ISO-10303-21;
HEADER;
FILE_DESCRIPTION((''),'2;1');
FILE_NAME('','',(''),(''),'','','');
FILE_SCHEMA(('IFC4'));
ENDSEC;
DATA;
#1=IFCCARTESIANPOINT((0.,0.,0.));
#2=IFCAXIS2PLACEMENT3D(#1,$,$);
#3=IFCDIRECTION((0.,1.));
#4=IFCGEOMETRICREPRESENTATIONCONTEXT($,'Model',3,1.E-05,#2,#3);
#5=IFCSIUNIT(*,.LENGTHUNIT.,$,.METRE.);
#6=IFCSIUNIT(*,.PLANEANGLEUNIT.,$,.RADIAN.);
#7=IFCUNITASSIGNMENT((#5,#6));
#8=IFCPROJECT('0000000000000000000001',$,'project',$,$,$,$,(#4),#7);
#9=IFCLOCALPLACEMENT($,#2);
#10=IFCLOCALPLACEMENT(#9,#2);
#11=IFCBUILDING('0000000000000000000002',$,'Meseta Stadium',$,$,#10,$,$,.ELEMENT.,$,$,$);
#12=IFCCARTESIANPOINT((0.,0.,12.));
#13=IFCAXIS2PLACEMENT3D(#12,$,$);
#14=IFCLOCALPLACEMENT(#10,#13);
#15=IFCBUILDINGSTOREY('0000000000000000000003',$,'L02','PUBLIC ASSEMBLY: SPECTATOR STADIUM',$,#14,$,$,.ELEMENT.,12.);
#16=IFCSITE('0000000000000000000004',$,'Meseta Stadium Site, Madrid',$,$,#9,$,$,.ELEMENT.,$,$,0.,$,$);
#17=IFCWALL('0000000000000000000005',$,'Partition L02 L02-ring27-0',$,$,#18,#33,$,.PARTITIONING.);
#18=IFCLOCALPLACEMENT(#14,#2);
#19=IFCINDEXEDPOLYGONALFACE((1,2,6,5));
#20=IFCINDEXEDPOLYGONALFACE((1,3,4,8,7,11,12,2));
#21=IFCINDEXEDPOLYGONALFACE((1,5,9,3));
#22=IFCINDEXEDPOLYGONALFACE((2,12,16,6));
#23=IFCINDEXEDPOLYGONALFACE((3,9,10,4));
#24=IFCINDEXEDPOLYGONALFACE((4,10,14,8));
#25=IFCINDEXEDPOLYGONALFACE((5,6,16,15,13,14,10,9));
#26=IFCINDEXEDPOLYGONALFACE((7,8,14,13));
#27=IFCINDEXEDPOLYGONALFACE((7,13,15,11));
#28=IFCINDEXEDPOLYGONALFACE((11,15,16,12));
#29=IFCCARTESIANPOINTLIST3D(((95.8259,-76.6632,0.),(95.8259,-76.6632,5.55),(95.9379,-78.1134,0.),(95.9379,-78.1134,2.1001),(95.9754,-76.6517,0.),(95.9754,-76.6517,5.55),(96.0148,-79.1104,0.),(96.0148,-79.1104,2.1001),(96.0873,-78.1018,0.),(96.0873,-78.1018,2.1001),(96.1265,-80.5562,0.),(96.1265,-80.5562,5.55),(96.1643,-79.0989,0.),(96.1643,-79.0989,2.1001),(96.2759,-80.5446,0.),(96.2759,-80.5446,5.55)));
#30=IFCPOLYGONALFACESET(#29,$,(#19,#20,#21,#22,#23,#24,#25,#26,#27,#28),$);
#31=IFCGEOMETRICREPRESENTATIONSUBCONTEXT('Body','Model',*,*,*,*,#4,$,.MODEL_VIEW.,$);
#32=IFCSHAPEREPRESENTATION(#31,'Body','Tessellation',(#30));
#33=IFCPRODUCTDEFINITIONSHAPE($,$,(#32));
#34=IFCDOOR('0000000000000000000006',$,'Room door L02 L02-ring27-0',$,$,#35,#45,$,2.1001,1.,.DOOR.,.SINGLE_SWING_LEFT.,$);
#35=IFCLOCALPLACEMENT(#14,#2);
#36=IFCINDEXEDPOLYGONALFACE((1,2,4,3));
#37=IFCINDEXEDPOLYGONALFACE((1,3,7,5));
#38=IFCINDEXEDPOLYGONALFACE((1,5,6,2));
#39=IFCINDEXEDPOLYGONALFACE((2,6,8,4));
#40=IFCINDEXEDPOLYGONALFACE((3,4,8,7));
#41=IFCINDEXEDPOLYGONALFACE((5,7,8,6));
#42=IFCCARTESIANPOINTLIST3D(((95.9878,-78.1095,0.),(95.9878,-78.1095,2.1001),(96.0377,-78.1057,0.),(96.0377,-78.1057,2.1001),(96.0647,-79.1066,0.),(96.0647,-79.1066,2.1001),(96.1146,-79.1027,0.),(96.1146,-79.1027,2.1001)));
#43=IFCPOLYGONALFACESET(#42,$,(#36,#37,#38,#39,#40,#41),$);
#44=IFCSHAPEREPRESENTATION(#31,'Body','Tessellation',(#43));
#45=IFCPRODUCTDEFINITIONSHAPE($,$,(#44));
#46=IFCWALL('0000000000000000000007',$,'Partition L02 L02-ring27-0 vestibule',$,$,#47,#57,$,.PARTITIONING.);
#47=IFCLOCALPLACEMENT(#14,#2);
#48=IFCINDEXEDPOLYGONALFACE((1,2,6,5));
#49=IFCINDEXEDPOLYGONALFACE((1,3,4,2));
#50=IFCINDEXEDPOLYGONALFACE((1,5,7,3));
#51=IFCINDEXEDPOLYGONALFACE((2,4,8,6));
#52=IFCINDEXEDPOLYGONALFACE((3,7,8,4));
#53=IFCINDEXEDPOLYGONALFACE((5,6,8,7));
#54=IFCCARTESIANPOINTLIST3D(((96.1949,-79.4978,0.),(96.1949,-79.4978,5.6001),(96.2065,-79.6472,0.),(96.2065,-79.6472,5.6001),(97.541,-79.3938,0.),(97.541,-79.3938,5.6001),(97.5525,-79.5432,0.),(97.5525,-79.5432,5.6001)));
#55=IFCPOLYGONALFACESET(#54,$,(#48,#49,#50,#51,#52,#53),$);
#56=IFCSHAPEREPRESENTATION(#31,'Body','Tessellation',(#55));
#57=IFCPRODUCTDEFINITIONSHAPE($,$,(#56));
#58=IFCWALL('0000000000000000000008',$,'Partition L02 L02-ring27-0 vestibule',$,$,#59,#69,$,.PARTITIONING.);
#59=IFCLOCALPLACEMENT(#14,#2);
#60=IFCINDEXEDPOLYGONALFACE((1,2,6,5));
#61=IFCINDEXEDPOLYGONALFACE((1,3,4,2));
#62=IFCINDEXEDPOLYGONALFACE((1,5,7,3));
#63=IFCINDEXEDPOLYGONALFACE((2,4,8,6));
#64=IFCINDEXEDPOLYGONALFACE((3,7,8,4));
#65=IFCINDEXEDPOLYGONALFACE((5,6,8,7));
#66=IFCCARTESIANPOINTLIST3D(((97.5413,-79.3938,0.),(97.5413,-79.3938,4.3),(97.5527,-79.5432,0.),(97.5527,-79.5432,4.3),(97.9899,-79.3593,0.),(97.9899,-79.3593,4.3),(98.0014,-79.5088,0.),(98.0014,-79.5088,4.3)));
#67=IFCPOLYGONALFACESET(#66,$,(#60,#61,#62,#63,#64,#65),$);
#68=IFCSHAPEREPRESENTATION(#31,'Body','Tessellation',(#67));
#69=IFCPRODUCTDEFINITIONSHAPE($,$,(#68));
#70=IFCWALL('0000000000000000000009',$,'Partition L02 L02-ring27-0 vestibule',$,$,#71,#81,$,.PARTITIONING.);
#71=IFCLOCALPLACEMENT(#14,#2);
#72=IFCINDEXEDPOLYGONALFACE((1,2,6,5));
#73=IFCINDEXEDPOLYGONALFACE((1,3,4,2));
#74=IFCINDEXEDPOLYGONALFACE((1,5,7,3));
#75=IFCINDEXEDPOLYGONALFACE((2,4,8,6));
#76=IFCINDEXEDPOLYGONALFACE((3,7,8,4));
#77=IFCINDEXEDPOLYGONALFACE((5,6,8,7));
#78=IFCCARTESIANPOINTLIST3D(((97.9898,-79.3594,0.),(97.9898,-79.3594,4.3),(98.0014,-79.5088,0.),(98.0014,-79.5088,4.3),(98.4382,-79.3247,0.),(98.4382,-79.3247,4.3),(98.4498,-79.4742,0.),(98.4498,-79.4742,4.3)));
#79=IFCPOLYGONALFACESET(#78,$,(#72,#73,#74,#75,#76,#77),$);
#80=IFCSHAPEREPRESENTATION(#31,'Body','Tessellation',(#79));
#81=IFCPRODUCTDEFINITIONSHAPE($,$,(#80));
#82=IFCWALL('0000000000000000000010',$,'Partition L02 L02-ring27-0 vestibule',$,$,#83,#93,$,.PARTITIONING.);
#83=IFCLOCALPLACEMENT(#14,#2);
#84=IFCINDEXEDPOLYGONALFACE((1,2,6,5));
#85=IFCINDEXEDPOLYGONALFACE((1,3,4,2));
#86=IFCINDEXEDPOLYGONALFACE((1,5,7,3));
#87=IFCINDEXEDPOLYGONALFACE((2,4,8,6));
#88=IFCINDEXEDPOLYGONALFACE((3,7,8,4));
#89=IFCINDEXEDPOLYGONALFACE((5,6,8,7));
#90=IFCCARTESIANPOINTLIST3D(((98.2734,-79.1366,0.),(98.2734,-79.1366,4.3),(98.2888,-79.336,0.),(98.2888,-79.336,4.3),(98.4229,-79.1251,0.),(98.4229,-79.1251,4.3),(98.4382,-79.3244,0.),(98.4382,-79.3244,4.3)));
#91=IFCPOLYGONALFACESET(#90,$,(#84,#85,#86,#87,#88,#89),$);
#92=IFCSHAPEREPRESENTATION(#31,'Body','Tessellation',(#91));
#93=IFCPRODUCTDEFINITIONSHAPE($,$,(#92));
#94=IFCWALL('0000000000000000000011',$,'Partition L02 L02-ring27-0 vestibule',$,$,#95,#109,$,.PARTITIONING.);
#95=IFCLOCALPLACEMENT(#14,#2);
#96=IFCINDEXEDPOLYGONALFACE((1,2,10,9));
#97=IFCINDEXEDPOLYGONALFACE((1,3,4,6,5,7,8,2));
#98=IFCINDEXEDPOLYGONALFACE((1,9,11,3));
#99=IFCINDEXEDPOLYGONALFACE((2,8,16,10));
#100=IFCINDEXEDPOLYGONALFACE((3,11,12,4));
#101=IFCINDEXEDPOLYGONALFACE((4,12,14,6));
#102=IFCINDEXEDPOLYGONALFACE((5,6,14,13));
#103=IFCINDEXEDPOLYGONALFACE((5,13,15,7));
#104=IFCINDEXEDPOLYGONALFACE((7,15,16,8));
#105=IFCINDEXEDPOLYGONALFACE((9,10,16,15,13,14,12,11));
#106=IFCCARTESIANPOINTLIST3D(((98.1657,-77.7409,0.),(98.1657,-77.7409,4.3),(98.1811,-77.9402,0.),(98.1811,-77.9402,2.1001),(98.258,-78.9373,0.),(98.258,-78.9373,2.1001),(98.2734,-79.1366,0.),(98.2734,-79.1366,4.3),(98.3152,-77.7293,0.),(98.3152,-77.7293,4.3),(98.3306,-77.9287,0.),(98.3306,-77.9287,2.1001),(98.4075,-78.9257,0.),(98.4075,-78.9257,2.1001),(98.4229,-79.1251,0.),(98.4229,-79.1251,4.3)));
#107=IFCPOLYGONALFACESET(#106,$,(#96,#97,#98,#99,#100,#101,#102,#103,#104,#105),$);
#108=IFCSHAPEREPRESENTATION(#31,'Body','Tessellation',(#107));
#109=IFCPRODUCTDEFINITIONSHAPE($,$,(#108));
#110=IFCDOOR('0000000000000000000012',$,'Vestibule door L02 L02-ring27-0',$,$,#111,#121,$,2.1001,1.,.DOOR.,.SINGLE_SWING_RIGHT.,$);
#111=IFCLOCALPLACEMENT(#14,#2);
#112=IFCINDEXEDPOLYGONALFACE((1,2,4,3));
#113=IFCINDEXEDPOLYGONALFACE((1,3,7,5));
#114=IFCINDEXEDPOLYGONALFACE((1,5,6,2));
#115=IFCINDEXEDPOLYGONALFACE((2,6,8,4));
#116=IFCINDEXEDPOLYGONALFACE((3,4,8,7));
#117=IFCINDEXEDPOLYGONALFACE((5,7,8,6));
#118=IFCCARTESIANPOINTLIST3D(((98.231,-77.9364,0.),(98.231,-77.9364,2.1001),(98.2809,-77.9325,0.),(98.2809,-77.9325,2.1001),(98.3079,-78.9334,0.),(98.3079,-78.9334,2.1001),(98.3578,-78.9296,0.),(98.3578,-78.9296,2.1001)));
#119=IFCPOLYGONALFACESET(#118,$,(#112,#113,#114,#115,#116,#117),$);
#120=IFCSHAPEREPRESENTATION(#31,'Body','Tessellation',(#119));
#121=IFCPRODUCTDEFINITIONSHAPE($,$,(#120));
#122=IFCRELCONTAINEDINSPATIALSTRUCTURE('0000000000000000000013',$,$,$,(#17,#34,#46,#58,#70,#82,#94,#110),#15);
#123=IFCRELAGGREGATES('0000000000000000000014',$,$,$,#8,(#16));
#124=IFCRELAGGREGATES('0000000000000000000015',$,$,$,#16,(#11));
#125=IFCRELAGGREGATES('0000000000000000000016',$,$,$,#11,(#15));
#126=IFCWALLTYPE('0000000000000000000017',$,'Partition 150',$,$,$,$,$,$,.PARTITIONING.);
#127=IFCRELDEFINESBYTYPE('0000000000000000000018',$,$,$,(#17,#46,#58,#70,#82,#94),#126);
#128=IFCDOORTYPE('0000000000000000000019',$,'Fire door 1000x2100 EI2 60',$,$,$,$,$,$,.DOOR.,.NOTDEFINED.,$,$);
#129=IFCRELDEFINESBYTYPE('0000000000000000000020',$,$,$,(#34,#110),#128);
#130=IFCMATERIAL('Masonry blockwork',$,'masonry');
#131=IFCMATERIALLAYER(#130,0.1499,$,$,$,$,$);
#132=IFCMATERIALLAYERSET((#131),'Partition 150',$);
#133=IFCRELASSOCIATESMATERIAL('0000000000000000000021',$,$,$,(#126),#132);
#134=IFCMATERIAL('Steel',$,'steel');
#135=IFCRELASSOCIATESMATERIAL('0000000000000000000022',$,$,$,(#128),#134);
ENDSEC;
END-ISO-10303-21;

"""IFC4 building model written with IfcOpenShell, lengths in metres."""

from ifc_helpers import new_model, si_unit, direction, frame, frame_2d, origin, place, context, subcontext, project, spatial, rectangle, extrude, material, layer, layer_set, type_object, element, fill, save


model = new_model("IFC4")

# Units and contexts
model_context = context("Model", 3, precision=1e-05, world=origin(), true_north=direction((0.0, 1.0)))
body_context = subcontext(model_context, "Body", "Model", "MODEL_VIEW")
ifc_project = project(units=[si_unit("LENGTHUNIT", "METRE"), si_unit("PLANEANGLEUNIT", "RADIAN")], contexts=[model_context])

# Site, building, storey
site_placement = place(None, origin())
site = spatial("IfcSite", under=ifc_project, at=site_placement, Name="Meseta Stadium Site, Madrid", CompositionType="ELEMENT", RefElevation=0.0)
building_placement = place(site_placement, origin())
building = spatial("IfcBuilding", under=site, at=building_placement, Name="Meseta Stadium", CompositionType="ELEMENT")
storey_placement = place(building_placement, frame((0.0, 0.0, 12.0)))
storey = spatial("IfcBuildingStorey", under=building, at=storey_placement, Name="L02", Description="PUBLIC ASSEMBLY: SPECTATOR STADIUM", CompositionType="ELEMENT", Elevation=12.0)

# Wall, opening, door
ifc_material_1 = material(Name="Masonry blockwork", Category="masonry")
ifc_layer_1 = layer(ifc_material_1, 0.1499)
ifc_layer_set_1 = layer_set([ifc_layer_1], Name="Partition 150")
wall_type = type_object("IfcWallType", Name="Partition 150", PredefinedType="PARTITIONING", material=ifc_layer_set_1)
wall_1_placement = place(storey_placement, frame((96.2012, -80.5503, 0.0), z_axis=(0.0, 0.0, 1.0), x_axis=(-0.076969, 0.997033, 0.0)))
wall_1 = element("IfcWall", 1, at=wall_1_placement, inside=storey, type_object=wall_type, Name="Partition L02 L02-ring27-0", PredefinedType="PARTITIONING", context=body_context, shape_type="SweptSolid", body=[
    extrude(rectangle(XDim=3.9045, YDim=0.1499, at=frame_2d((1.9521, 0.0))), origin(), (0.0, 0.0, 1.0), 5.55),
])
opening_1_placement = place(wall_1_placement, frame((1.45, 0.0, 0.0)))
opening_1 = element("IfcOpeningElement", 2, at=opening_1_placement, cuts=wall_1, PredefinedType="OPENING", context=body_context, shape_type="SweptSolid", body=[
    extrude(rectangle(XDim=1.0, YDim=2.1001, at=frame_2d((0.5, 1.05))), frame((0.0, 0.085, 0.0), z_axis=(0.0, -1.0, 0.0), x_axis=(1.0, 0.0, 0.0)), (0.0, 0.0, 1.0), 0.1699),
])
ifc_material_2 = material(Name="Steel", Category="steel")
door_type = type_object("IfcDoorType", Name="Fire door 1000x2100 EI2 60", OperationType="NOTDEFINED", PredefinedType="DOOR", material=ifc_material_2)
door_1_placement = place(opening_1_placement, origin())
door_1 = element("IfcDoor", 3, at=door_1_placement, inside=storey, type_object=door_type, Name="Room door L02 L02-ring27-0", OperationType="SINGLE_SWING_LEFT", OverallHeight=2.1001, OverallWidth=1.0, PredefinedType="DOOR", context=body_context, shape_type="SweptSolid", body=[
    extrude(rectangle(XDim=1.0, YDim=2.1001, at=frame_2d((0.5, 1.05))), frame((0.0, 0.0249, 0.0), z_axis=(0.0, -1.0, 0.0), x_axis=(1.0, 0.0, 0.0)), (0.0, 0.0, 1.0), 0.05),
])
fill(opening_1, door_1)

# Walls
wall_2_placement = place(storey_placement, frame((96.2007, -79.5725, 0.0), z_axis=(0.0, 0.0, 1.0), x_axis=(0.997029, 0.077028, 0.0)))
element("IfcWall", 4, at=wall_2_placement, inside=storey, type_object=wall_type, Name="Partition L02 L02-ring27-0 vestibule", PredefinedType="PARTITIONING", context=body_context, shape_type="SweptSolid", body=[
    extrude(rectangle(XDim=1.3501, YDim=0.1499, at=frame_2d((0.675, 0.0))), origin(), (0.0, 0.0, 1.0), 5.6001),
])
wall_3_placement = place(storey_placement, frame((97.5469, -79.4685, 0.0), z_axis=(0.0, 0.0, 1.0), x_axis=(0.99707, 0.076489, 0.0)))
element("IfcWall", 5, at=wall_3_placement, inside=storey, type_object=wall_type, Name="Partition L02 L02-ring27-0 vestibule", PredefinedType="PARTITIONING", context=body_context, shape_type="SweptSolid", body=[
    extrude(rectangle(XDim=0.45, YDim=0.1499, at=frame_2d((0.2251, 0.0))), origin(), (0.0, 0.0, 1.0), 4.3),
])
wall_4_placement = place(storey_placement, frame((97.9956, -79.4341, 0.0), z_axis=(0.0, 0.0, 1.0), x_axis=(0.997026, 0.07707, 0.0)))
element("IfcWall", 6, at=wall_4_placement, inside=storey, type_object=wall_type, Name="Partition L02 L02-ring27-0 vestibule", PredefinedType="PARTITIONING", context=body_context, shape_type="SweptSolid", body=[
    extrude(rectangle(XDim=0.4497, YDim=0.1499, at=frame_2d((0.2249, 0.0))), origin(), (0.0, 0.0, 1.0), 4.3),
])
wall_5_placement = place(storey_placement, frame((98.3635, -79.3303, 0.0), z_axis=(0.0, 0.0, 1.0), x_axis=(-0.076883, 0.99704, 0.0)))
element("IfcWall", 7, at=wall_5_placement, inside=storey, type_object=wall_type, Name="Partition L02 L02-ring27-0 vestibule", PredefinedType="PARTITIONING", context=body_context, shape_type="SweptSolid", body=[
    extrude(rectangle(XDim=0.2, YDim=0.1499, at=frame_2d((0.1001, 0.0))), origin(), (0.0, 0.0, 1.0), 4.3),
])

# Wall, opening, door
wall_6_placement = place(storey_placement, frame((98.3481, -79.1309, 0.0), z_axis=(0.0, 0.0, 1.0), x_axis=(-0.07691, 0.997038, 0.0)))
wall_6 = element("IfcWall", 8, at=wall_6_placement, inside=storey, type_object=wall_type, Name="Partition L02 L02-ring27-0 vestibule", PredefinedType="PARTITIONING", context=body_context, shape_type="SweptSolid", body=[
    extrude(rectangle(XDim=1.3999, YDim=0.1499, at=frame_2d((0.7, 0.0))), origin(), (0.0, 0.0, 1.0), 4.3),
])
opening_2_placement = place(wall_6_placement, frame((0.2, 0.0, 0.0)))
opening_2 = element("IfcOpeningElement", 9, at=opening_2_placement, cuts=wall_6, PredefinedType="OPENING", context=body_context, shape_type="SweptSolid", body=[
    extrude(rectangle(XDim=1.0, YDim=2.1001, at=frame_2d((0.5, 1.05))), frame((0.0, 0.085, 0.0), z_axis=(0.0, -1.0, 0.0), x_axis=(1.0, 0.0, 0.0)), (0.0, 0.0, 1.0), 0.1699),
])
door_2_placement = place(opening_2_placement, origin())
door_2 = element("IfcDoor", 10, at=door_2_placement, inside=storey, type_object=door_type, Name="Vestibule door L02 L02-ring27-0", OperationType="SINGLE_SWING_RIGHT", OverallHeight=2.1001, OverallWidth=1.0, PredefinedType="DOOR", context=body_context, shape_type="SweptSolid", body=[
    extrude(rectangle(XDim=1.0, YDim=2.1001, at=frame_2d((0.5, 1.05))), frame((0.0, 0.0249, 0.0), z_axis=(0.0, -1.0, 0.0), x_axis=(1.0, 0.0, 0.0)), (0.0, 0.0, 1.0), 0.05),
])
fill(opening_2, door_2)

save(model, "model.ifc")
